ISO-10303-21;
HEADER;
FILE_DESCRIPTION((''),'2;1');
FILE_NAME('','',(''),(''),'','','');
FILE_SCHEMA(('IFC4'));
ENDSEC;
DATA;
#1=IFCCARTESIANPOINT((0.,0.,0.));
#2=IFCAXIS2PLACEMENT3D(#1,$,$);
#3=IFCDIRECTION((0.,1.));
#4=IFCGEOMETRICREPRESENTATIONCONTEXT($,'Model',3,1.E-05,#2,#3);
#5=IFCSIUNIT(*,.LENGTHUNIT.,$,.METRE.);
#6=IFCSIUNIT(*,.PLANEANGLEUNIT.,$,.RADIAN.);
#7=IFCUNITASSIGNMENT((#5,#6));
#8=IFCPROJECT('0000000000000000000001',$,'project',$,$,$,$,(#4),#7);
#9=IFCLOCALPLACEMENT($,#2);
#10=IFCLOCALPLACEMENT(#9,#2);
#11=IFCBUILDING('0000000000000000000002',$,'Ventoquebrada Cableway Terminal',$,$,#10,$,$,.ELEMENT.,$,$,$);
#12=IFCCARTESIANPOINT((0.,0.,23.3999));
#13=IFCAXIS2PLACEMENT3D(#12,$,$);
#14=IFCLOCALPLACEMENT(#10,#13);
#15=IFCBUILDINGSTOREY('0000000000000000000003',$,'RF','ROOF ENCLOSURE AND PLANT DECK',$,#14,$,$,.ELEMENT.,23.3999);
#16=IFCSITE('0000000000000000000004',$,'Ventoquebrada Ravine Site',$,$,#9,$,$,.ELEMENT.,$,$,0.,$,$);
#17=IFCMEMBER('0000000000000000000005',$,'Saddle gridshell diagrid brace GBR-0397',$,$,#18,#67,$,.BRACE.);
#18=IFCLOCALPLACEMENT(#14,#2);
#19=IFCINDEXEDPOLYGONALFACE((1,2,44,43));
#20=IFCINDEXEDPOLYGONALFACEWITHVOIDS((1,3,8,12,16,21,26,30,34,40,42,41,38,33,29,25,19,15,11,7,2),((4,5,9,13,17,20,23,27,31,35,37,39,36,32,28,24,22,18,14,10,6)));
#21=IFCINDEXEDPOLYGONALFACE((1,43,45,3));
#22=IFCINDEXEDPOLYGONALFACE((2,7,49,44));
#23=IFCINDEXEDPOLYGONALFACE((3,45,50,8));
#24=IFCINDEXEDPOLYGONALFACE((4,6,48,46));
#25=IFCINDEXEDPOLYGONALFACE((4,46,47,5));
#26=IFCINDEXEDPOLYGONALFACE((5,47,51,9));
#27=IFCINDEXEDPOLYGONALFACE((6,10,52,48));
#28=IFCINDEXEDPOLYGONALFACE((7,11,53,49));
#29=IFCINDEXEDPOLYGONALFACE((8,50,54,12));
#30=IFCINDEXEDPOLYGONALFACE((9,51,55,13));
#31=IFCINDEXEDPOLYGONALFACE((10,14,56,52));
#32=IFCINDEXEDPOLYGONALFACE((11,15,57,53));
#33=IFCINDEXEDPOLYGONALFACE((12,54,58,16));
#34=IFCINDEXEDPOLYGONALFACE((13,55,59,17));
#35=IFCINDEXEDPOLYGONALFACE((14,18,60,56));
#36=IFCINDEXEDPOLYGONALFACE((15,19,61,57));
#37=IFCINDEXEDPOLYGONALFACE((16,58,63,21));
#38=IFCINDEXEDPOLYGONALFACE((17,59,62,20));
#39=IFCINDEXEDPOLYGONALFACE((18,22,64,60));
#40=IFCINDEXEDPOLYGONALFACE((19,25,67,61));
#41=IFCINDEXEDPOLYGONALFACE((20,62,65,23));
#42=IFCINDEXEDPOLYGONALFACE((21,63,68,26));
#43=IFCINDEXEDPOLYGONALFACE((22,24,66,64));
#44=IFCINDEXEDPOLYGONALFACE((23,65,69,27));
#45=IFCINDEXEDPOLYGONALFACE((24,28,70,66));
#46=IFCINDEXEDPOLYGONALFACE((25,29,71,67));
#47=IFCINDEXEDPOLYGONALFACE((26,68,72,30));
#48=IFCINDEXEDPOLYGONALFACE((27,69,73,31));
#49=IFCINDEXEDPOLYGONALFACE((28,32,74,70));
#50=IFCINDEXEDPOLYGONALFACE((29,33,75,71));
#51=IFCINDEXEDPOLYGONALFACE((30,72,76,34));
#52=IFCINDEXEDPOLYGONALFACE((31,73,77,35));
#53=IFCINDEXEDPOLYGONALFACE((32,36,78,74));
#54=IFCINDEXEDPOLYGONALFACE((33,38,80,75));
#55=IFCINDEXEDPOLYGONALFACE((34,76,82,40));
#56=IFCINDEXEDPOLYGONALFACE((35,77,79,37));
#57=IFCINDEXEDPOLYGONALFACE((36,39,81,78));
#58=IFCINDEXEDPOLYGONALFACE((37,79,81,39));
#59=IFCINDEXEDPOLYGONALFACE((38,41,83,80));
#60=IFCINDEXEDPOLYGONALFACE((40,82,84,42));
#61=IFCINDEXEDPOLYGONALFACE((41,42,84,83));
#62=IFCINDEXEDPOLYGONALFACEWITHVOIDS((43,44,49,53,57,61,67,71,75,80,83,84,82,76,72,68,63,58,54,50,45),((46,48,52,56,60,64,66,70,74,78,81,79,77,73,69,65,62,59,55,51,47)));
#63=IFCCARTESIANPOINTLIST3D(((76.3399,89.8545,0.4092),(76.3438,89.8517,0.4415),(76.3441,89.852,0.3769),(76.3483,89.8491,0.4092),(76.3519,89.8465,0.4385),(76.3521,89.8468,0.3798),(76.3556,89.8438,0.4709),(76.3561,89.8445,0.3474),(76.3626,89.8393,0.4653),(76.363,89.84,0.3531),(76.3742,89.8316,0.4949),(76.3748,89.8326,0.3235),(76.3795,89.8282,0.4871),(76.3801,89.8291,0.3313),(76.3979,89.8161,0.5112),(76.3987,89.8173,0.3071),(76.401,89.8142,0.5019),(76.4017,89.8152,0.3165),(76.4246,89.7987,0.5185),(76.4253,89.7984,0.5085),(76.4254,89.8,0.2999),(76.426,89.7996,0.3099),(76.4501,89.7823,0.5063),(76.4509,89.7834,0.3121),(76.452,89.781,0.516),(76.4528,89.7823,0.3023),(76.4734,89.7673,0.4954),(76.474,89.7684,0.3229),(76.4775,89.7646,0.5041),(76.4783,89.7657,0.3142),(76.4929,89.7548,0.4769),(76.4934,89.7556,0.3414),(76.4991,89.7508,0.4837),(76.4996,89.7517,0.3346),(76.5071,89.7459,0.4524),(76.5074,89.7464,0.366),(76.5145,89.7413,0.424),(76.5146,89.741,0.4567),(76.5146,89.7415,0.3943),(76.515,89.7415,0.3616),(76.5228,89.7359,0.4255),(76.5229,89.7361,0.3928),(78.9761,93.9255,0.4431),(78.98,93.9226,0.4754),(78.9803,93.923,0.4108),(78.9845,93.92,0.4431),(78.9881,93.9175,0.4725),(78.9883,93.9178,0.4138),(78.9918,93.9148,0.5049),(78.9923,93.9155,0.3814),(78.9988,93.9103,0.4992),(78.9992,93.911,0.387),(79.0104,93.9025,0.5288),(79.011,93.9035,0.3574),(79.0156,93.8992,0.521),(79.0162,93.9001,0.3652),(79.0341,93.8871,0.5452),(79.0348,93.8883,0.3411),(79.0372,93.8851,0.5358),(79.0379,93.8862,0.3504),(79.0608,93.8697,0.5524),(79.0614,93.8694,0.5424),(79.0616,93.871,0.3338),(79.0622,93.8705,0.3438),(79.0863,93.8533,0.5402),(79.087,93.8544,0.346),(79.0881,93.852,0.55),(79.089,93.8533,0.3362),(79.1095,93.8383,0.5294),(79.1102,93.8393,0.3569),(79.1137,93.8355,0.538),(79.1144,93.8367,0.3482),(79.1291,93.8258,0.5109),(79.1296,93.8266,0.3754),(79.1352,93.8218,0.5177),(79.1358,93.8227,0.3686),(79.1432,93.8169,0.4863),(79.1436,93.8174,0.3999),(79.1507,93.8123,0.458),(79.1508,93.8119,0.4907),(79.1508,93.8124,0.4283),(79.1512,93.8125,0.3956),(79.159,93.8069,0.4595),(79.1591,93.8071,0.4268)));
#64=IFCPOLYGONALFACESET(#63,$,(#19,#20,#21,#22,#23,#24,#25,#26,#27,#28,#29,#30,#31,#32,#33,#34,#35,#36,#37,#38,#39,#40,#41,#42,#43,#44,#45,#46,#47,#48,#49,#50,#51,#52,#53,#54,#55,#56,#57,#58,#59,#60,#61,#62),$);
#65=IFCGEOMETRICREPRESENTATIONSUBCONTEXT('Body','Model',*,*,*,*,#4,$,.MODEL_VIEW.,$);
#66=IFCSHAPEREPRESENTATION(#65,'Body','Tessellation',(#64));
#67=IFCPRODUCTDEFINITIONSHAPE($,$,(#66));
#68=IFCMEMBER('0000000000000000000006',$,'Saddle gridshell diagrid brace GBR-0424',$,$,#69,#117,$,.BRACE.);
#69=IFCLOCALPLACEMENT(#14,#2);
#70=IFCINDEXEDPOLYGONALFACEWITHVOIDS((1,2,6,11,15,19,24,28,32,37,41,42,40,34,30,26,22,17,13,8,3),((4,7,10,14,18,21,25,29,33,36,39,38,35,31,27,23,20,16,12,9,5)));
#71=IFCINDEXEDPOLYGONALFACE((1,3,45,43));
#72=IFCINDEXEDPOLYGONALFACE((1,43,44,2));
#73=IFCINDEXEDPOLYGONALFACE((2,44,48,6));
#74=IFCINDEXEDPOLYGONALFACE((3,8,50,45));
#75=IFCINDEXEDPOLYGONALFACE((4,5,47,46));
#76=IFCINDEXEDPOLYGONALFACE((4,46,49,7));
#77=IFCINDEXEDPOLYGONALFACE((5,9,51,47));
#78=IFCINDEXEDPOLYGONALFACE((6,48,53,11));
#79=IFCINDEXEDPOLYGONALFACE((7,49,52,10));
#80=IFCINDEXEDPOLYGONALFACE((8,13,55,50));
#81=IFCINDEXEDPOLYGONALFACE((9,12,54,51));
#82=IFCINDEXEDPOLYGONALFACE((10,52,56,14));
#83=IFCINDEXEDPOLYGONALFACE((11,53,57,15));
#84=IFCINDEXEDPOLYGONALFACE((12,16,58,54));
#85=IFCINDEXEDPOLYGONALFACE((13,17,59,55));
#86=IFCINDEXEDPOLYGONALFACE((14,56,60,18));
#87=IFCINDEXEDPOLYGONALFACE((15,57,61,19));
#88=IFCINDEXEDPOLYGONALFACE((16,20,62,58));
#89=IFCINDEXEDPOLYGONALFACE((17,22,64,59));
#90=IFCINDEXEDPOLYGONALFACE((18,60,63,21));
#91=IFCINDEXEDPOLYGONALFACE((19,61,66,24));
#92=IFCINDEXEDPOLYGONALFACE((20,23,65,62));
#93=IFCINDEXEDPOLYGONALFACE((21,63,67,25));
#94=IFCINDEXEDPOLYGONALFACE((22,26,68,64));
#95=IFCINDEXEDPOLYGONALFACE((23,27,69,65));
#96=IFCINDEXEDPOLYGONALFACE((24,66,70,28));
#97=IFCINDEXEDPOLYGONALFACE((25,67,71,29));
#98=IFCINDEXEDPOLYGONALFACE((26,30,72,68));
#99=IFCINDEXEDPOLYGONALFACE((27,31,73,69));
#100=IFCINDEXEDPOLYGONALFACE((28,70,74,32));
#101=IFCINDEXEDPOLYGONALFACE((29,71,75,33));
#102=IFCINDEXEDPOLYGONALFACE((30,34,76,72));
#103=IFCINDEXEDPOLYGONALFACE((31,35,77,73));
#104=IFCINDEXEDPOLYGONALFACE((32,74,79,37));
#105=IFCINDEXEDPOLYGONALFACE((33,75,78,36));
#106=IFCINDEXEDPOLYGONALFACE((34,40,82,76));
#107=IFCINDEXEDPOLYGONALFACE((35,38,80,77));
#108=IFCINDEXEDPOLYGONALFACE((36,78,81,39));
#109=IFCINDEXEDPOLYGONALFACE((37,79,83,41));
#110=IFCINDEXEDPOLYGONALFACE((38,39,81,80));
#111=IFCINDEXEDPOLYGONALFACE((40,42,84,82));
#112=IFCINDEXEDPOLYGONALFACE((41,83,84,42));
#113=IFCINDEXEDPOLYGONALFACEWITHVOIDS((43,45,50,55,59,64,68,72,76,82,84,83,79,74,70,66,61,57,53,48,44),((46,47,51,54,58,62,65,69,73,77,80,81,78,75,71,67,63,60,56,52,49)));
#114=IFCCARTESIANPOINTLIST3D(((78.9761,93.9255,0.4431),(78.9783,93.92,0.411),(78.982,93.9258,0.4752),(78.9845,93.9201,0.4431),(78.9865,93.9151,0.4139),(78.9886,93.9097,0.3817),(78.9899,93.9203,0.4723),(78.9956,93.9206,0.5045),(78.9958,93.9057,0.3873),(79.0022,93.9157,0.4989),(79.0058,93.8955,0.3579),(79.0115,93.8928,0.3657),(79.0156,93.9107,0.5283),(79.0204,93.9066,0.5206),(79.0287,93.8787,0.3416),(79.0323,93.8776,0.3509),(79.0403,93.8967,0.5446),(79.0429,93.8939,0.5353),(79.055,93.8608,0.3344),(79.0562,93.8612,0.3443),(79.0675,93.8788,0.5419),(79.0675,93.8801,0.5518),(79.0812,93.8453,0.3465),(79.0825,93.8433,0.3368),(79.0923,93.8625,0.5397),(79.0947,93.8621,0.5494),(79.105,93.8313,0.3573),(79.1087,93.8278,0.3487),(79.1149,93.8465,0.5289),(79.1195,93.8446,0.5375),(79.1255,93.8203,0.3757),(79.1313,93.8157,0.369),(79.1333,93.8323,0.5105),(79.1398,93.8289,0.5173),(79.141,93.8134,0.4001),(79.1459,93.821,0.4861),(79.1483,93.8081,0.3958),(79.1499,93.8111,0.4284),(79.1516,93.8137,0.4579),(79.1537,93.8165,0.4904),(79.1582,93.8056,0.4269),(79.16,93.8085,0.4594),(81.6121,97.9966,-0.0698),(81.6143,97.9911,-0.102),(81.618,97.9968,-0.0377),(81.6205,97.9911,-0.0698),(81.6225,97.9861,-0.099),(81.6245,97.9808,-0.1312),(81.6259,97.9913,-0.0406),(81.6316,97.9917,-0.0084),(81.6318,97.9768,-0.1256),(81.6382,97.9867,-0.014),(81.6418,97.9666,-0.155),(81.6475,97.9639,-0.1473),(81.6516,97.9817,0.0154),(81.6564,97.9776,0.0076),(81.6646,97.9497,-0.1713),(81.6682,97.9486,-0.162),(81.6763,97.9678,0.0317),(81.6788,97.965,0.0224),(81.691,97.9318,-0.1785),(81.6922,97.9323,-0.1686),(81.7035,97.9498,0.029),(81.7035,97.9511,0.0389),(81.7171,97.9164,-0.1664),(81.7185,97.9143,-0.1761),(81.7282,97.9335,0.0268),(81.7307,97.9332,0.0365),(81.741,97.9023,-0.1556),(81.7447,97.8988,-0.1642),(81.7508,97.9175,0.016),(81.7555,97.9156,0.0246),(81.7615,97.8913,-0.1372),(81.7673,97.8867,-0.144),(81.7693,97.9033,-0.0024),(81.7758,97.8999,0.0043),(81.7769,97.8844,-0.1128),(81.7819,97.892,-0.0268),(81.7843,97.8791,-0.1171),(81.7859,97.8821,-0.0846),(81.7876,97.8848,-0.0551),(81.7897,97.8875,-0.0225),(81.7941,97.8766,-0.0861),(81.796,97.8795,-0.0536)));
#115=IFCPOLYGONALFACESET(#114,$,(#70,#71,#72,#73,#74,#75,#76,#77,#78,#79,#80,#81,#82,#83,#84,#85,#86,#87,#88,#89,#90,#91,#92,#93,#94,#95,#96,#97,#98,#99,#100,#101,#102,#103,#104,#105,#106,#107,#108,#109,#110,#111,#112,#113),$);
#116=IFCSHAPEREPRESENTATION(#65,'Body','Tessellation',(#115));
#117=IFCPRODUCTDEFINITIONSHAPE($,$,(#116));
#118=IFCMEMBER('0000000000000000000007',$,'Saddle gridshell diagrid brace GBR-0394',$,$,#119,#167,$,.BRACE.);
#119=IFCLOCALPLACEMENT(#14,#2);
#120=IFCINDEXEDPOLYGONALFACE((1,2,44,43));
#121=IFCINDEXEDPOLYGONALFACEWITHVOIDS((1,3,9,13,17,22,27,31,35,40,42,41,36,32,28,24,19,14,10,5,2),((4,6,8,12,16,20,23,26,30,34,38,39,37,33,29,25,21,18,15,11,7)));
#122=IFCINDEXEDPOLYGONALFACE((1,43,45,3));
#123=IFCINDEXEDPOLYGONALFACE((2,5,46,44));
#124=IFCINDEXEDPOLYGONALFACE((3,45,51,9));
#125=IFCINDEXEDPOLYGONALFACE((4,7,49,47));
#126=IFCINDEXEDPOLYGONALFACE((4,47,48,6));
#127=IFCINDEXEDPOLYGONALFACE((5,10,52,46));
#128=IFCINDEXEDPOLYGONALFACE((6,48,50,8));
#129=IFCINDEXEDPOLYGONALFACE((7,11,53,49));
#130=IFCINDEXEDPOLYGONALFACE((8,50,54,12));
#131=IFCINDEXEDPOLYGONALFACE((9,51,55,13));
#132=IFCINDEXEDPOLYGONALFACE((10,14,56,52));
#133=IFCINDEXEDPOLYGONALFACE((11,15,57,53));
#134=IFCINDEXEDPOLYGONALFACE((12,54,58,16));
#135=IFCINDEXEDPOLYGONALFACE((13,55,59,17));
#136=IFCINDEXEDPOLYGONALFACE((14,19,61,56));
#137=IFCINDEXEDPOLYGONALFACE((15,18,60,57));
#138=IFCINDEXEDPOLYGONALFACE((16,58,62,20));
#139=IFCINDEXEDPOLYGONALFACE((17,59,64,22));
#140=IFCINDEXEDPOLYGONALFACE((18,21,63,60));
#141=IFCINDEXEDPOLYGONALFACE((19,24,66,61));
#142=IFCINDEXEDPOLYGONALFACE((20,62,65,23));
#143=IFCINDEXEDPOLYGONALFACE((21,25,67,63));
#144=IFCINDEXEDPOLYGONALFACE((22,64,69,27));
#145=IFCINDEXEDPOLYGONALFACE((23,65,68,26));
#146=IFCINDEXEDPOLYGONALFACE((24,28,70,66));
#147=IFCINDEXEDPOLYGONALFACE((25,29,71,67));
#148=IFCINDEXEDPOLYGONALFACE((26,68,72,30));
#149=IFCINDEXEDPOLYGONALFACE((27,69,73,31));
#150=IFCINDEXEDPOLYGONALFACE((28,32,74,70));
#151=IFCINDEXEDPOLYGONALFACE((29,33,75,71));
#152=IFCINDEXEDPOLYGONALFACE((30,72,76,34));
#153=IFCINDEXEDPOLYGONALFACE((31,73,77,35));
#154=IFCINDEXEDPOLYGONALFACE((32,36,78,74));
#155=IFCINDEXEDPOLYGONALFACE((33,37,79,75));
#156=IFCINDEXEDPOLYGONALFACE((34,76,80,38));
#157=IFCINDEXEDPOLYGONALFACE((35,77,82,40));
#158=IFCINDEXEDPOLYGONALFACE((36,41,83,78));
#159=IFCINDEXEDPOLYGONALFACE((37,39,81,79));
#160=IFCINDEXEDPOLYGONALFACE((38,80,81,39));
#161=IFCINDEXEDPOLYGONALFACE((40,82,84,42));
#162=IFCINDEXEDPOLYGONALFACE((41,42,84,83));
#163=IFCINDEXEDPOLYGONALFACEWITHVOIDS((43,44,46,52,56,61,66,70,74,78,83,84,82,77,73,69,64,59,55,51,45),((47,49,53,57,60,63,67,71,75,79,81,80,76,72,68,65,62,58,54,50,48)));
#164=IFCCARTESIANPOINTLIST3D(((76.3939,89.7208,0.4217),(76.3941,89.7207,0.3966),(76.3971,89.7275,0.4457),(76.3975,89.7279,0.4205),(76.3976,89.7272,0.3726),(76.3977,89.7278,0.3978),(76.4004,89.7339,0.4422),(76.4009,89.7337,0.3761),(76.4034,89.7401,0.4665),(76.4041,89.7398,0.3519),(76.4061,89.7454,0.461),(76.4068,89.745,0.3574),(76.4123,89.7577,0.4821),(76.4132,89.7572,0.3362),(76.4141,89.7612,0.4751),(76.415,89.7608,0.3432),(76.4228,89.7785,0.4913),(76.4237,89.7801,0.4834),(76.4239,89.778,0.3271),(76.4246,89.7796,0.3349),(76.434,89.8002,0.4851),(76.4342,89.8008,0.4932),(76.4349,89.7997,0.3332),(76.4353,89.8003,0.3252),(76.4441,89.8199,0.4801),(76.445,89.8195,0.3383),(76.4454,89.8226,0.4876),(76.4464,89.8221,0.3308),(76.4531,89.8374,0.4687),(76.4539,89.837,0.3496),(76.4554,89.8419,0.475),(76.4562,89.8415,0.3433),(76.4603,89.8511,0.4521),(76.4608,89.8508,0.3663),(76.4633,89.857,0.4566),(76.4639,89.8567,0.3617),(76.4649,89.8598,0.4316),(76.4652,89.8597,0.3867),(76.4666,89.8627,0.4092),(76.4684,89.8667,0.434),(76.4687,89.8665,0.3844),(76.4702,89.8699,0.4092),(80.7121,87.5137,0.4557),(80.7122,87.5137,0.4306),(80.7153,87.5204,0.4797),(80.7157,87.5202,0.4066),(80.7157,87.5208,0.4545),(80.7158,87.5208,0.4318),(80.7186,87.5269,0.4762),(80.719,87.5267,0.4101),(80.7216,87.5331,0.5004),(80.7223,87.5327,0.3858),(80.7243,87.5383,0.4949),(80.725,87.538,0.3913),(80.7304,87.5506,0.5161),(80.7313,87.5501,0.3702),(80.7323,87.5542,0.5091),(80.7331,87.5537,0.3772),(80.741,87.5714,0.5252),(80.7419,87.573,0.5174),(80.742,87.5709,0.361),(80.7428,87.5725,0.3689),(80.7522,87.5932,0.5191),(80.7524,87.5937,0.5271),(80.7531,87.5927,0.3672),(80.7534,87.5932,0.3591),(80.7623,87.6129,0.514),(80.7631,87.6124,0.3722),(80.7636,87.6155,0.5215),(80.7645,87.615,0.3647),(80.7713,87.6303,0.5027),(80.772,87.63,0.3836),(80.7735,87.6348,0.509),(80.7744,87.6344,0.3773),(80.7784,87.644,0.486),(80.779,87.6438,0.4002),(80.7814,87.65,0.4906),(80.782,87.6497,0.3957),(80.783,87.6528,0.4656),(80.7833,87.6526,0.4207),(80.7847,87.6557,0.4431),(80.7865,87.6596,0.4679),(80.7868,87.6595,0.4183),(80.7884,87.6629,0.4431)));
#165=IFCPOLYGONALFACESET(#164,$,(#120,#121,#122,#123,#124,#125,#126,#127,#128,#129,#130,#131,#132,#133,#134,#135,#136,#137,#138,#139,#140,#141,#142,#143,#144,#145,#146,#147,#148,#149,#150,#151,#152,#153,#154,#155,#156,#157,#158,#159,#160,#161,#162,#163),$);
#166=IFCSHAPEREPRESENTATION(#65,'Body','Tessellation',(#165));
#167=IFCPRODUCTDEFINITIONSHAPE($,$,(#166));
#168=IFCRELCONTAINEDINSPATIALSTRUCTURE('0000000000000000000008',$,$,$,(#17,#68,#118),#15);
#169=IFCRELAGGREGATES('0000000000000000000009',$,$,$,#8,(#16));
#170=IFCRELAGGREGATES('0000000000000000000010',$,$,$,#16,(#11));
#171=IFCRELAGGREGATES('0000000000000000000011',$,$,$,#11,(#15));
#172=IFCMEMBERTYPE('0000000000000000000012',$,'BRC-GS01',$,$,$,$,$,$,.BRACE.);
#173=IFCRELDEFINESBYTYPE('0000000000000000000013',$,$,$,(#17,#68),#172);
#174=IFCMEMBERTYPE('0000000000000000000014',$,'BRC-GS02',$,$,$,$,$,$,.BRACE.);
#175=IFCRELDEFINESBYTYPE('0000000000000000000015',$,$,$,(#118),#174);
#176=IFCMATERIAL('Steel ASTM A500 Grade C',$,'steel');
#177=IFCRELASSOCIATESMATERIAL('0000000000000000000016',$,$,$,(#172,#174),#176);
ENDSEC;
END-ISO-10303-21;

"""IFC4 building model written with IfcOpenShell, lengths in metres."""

from ifc_helpers import new_model, si_unit, direction, frame, origin, origin_2d, place, context, subcontext, project, spatial, hollow_circle, extrude, material, material_profile, profile_set, type_object, element, save


model = new_model("IFC4")

# Units and contexts
model_context = context("Model", 3, precision=1e-05, world=origin(), true_north=direction((0.0, 1.0)))
body_context = subcontext(model_context, "Body", "Model", "MODEL_VIEW")
ifc_project = project(units=[si_unit("LENGTHUNIT", "METRE"), si_unit("PLANEANGLEUNIT", "RADIAN")], contexts=[model_context])

# Site, building, storey
site_placement = place(None, origin())
site = spatial("IfcSite", under=ifc_project, at=site_placement, Name="Ventoquebrada Ravine Site", CompositionType="ELEMENT", RefElevation=0.0)
building_placement = place(site_placement, origin())
building = spatial("IfcBuilding", under=site, at=building_placement, Name="Ventoquebrada Cableway Terminal", CompositionType="ELEMENT")
storey_placement = place(building_placement, frame((0.0, 0.0, 23.3999)))
storey = spatial("IfcBuildingStorey", under=building, at=storey_placement, Name="RF", Description="ROOF ENCLOSURE AND PLANT DECK", CompositionType="ELEMENT", Elevation=23.3999)

# Members
ifc_material_1 = material(Name="Steel ASTM A500 Grade C", Category="steel")
ifc_material_profile_1 = material_profile(ifc_material_1, hollow_circle(Radius=0.1096, WallThickness=0.01, at=origin_2d()), Name="CHS219.1X10")
ifc_profile_set_1 = profile_set([ifc_material_profile_1], Name="Steel ASTM A500 Grade C")
member_type_1 = type_object("IfcMemberType", Name="BRC-GS01", PredefinedType="BRACE", material=ifc_profile_set_1)
member_1_placement = place(storey_placement, frame((76.4319, 89.7949, 0.4092), z_axis=(0.543532, 0.839359, 0.006997), x_axis=(-0.83938, 0.543546, 0.0)))
element("IfcMember", 1, at=member_1_placement, inside=storey, type_object=member_type_1, Name="Saddle gridshell diagrid brace GBR-0397", PredefinedType="BRACE", context=body_context, shape_type="SweptSolid", body=[
    extrude(hollow_circle(Radius=0.1096, WallThickness=0.01, at=origin_2d()), origin(), (0.0, 0.0, 1.0), 4.8501),
])
member_2_placement = place(storey_placement, frame((79.0681, 93.866, 0.4431), z_axis=(0.540496, 0.834747, -0.105176), x_axis=(-0.839403, 0.54351, 0.0)))
element("IfcMember", 2, at=member_2_placement, inside=storey, type_object=member_type_1, Name="Saddle gridshell diagrid brace GBR-0424", PredefinedType="BRACE", context=body_context, shape_type="SweptSolid", body=[
    extrude(hollow_circle(Radius=0.1096, WallThickness=0.01, at=origin_2d()), origin(), (0.0, 0.0, 1.0), 4.877),
])
ifc_material_profile_2 = material_profile(ifc_material_1, hollow_circle(Radius=0.0842, WallThickness=0.0081, at=origin_2d()), Name="CHS168.3X8")
ifc_profile_set_2 = profile_set([ifc_material_profile_2], Name="Steel ASTM A500 Grade C")
member_type_2 = type_object("IfcMemberType", Name="BRC-GS02", PredefinedType="BRACE", material=ifc_profile_set_2)
member_3_placement = place(storey_placement, frame((76.4319, 89.7949, 0.4092), z_axis=(0.890413, -0.455099, 0.006998), x_axis=(0.45511, 0.890435, 0.0)))
element("IfcMember", 3, at=member_3_placement, inside=storey, type_object=member_type_2, Name="Saddle gridshell diagrid brace GBR-0394", PredefinedType="BRACE", context=body_context, shape_type="SweptSolid", body=[
    extrude(hollow_circle(Radius=0.0842, WallThickness=0.0081, at=origin_2d()), origin(), (0.0, 0.0, 1.0), 4.8496),
])

save(model, "model.ifc")
